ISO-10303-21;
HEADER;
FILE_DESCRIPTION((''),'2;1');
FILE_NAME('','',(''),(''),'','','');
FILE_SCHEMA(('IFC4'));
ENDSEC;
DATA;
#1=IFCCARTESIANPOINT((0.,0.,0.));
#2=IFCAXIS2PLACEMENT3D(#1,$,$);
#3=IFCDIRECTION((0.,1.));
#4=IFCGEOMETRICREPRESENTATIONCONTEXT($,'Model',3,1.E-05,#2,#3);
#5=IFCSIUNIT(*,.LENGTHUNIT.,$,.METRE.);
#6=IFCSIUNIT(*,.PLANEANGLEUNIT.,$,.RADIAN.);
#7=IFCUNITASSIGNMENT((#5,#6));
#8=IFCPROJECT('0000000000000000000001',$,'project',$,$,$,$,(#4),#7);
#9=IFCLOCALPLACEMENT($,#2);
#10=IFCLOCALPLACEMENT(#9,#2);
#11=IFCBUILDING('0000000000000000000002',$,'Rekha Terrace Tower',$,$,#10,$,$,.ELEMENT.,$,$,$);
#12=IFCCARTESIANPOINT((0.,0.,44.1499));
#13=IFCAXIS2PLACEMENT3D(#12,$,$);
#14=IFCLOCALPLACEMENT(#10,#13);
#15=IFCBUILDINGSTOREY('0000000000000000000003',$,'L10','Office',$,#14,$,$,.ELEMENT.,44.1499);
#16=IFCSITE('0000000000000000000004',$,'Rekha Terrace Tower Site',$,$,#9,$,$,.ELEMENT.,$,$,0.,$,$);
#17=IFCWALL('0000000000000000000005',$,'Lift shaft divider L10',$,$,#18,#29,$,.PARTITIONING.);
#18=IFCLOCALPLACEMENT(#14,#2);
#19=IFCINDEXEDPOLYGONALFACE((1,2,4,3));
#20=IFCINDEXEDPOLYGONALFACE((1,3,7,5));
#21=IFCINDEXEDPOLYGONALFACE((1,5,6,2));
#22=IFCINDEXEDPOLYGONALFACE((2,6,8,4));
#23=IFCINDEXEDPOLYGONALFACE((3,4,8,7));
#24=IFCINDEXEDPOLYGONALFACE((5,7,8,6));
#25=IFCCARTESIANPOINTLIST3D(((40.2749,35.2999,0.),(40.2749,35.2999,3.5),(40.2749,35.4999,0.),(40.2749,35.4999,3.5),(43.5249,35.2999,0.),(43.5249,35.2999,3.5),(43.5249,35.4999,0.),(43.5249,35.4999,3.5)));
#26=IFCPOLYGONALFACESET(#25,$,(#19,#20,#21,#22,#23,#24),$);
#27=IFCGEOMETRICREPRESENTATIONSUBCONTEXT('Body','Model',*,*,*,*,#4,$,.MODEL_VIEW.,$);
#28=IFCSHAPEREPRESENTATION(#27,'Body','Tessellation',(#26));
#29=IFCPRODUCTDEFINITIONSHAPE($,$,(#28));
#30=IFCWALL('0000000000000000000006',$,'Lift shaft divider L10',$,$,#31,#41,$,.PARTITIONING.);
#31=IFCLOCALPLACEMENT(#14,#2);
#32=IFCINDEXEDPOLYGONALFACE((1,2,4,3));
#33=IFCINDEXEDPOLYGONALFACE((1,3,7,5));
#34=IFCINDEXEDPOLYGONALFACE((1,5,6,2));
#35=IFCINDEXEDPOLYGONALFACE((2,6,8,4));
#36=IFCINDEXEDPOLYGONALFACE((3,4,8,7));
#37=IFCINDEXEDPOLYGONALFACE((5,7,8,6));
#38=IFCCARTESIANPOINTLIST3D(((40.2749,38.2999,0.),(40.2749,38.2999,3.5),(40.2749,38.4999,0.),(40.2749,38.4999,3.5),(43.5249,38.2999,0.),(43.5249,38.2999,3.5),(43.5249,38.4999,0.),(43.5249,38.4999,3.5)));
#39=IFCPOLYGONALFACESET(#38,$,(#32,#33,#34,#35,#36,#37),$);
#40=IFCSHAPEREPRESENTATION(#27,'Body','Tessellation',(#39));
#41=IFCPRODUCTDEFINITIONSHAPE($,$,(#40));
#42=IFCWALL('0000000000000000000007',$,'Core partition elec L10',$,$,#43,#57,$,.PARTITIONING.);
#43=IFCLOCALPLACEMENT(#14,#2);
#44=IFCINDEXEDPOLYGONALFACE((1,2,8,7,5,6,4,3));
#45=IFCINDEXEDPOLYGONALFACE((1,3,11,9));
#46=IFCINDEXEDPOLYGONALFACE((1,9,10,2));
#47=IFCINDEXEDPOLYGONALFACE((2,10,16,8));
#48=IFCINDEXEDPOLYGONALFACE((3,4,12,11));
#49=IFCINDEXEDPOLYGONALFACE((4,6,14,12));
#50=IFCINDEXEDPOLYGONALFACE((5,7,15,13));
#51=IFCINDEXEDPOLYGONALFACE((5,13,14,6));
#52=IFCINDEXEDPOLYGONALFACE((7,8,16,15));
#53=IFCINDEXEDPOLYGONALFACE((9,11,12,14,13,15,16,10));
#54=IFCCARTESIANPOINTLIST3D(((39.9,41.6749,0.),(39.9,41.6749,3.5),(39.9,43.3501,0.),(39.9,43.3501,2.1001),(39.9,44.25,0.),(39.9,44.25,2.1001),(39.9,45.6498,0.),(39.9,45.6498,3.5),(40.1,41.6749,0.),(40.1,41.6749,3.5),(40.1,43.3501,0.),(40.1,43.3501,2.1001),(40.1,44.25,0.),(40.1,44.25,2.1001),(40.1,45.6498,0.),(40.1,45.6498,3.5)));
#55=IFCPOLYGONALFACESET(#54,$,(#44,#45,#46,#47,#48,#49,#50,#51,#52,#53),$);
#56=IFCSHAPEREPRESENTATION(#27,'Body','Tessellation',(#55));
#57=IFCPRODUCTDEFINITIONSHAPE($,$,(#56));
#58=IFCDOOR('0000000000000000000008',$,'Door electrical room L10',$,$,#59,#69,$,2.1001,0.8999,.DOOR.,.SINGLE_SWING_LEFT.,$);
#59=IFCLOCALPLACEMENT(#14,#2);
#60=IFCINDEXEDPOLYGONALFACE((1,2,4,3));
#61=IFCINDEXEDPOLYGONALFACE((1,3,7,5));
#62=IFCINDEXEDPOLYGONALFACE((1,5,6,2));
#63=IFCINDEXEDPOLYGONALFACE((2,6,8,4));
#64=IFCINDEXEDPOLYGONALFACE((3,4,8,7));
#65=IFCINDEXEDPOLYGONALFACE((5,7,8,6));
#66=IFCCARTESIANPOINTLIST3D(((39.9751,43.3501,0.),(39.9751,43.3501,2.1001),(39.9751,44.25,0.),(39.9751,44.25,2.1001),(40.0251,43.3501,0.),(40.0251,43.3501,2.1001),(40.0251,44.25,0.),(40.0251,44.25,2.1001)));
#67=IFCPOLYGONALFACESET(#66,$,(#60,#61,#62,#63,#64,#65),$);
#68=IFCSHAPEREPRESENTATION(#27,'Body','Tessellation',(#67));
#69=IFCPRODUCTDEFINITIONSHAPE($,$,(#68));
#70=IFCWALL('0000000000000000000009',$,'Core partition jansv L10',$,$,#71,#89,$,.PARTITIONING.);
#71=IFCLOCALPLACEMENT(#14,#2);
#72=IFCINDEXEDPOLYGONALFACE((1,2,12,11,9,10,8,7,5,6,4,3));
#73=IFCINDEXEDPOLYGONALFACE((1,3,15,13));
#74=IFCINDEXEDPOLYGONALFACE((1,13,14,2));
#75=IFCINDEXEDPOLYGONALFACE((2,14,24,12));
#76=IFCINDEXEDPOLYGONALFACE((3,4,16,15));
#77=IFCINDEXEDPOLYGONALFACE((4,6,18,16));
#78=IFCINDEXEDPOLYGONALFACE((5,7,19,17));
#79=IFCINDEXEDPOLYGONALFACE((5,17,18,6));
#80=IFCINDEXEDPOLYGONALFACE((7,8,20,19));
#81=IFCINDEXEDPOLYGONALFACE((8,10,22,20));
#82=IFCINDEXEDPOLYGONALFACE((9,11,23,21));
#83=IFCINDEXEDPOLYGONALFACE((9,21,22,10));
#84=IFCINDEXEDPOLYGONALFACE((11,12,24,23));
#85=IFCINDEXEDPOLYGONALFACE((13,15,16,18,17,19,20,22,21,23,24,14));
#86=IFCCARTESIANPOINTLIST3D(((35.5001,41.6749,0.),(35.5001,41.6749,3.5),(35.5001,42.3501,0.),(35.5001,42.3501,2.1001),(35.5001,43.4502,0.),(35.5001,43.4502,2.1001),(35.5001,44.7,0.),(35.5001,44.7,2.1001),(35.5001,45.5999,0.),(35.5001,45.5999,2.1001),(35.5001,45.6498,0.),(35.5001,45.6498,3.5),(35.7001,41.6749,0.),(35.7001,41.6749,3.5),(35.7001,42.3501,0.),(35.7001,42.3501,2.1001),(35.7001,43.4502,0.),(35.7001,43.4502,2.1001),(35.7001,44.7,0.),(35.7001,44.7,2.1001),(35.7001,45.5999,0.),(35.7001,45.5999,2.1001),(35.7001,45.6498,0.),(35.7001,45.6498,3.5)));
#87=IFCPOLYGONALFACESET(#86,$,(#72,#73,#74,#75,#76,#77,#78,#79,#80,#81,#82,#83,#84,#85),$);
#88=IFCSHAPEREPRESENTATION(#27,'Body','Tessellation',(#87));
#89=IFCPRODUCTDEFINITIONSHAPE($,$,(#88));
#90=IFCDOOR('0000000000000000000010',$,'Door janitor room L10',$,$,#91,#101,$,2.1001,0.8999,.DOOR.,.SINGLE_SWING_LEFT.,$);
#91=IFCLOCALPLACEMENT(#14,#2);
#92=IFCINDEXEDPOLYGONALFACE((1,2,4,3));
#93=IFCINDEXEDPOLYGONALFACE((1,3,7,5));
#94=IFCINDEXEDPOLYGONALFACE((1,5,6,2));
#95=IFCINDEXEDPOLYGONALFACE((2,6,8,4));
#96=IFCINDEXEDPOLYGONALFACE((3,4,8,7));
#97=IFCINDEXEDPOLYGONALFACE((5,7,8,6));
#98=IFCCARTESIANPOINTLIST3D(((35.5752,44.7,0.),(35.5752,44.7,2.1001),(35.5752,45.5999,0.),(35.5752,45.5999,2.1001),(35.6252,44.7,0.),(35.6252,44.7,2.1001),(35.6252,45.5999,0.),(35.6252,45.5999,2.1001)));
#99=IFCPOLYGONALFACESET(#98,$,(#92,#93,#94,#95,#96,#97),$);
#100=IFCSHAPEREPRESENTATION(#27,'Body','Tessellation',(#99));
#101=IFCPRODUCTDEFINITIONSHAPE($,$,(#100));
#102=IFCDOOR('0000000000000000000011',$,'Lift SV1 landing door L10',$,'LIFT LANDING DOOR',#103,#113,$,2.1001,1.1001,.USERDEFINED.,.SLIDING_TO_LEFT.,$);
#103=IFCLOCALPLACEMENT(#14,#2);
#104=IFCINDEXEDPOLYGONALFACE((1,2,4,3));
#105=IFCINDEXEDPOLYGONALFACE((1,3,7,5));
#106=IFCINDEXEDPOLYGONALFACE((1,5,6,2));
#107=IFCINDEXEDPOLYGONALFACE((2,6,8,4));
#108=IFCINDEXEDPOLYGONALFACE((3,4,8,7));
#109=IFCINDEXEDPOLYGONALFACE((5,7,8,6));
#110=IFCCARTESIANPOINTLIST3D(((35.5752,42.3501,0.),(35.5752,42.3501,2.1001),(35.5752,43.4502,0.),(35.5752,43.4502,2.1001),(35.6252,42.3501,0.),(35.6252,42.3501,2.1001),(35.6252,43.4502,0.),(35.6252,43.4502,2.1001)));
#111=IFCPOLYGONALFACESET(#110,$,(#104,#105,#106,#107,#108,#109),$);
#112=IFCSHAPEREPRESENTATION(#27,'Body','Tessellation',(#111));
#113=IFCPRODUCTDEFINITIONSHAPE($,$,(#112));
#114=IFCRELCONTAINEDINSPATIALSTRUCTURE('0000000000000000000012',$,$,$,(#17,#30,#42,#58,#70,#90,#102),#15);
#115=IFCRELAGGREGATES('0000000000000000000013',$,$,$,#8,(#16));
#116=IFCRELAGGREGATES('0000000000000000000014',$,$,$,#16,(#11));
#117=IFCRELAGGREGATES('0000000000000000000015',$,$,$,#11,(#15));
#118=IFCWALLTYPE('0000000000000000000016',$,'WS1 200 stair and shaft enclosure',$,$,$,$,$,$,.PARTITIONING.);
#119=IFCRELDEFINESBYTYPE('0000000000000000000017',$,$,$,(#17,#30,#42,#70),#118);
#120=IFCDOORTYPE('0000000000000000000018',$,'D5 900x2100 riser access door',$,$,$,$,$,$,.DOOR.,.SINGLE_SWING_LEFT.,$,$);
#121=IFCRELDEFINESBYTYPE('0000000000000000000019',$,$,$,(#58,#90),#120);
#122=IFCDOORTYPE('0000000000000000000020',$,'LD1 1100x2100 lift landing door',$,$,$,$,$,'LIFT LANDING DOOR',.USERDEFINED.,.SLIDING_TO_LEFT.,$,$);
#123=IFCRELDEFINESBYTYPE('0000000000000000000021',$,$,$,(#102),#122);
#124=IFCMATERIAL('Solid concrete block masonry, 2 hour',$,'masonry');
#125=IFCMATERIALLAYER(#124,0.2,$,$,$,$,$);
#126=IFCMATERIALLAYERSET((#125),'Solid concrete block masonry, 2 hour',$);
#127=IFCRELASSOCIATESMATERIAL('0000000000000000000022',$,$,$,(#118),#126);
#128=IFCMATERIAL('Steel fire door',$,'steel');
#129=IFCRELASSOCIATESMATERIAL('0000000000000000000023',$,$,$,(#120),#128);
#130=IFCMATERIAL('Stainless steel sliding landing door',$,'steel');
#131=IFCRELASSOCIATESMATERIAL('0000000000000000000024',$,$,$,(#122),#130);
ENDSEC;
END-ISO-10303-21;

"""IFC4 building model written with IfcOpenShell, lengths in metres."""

from ifc_helpers import new_model, si_unit, direction, frame, frame_2d, origin, place, context, subcontext, project, spatial, rectangle, extrude, material, layer, layer_set, type_object, element, fill, save


model = new_model("IFC4")

# Units and contexts
model_context = context("Model", 3, precision=1e-05, world=origin(), true_north=direction((0.0, 1.0)))
body_context = subcontext(model_context, "Body", "Model", "MODEL_VIEW")
ifc_project = project(units=[si_unit("LENGTHUNIT", "METRE"), si_unit("PLANEANGLEUNIT", "RADIAN")], contexts=[model_context])

# Site, building, storey
site_placement = place(None, origin())
site = spatial("IfcSite", under=ifc_project, at=site_placement, Name="Rekha Terrace Tower Site", CompositionType="ELEMENT", RefElevation=0.0)
building_placement = place(site_placement, origin())
building = spatial("IfcBuilding", under=site, at=building_placement, Name="Rekha Terrace Tower", CompositionType="ELEMENT")
storey_placement = place(building_placement, frame((0.0, 0.0, 44.1499)))
storey = spatial("IfcBuildingStorey", under=building, at=storey_placement, Name="L10", Description="Office", CompositionType="ELEMENT", Elevation=44.1499)

# Shared definitions
ifc_material_1 = material(Name="Stainless steel sliding landing door", Category="steel")
ifc_material_2 = material(Name="Steel fire door", Category="steel")

# Walls
ifc_material_3 = material(Name="Solid concrete block masonry, 2 hour", Category="masonry")
ifc_layer_1 = layer(ifc_material_3, 0.2)
ifc_layer_set_1 = layer_set([ifc_layer_1], Name="Solid concrete block masonry, 2 hour")
wall_type_1 = type_object("IfcWallType", Name="WS1 200 stair and shaft enclosure", PredefinedType="PARTITIONING", material=ifc_layer_set_1)
for number, where, z_axis, x_axis, name in (
    (1, (40.2749, 35.3999, 0.0), (0.0, 0.0, 1.0), (1.0, 0.0, 0.0), "Lift shaft divider L10"),
    (2, (40.2749, 38.3999, 0.0), (0.0, 0.0, 1.0), (1.0, 0.0, 0.0), "Lift shaft divider L10"),
):
    element("IfcWall", number, at=place(storey_placement, frame(where, z_axis=z_axis, x_axis=x_axis)), inside=storey, type_object=wall_type_1, Name=name, PredefinedType="PARTITIONING", context=body_context, shape_type="SweptSolid", body=[
        extrude(rectangle(XDim=3.25, YDim=0.2, at=frame_2d((1.625, 0.0))), origin(), (0.0, 0.0, 1.0), 3.5),
    ])

# Wall, opening, door
wall_1_placement = place(storey_placement, frame((40.0, 41.675, 0.0), z_axis=(0.0, 0.0, 1.0), x_axis=(0.0, 1.0, 0.0)))
wall_1 = element("IfcWall", 3, at=wall_1_placement, inside=storey, type_object=wall_type_1, Name="Core partition elec L10", PredefinedType="PARTITIONING", context=body_context, shape_type="SweptSolid", body=[
    extrude(rectangle(XDim=3.9749, YDim=0.2, at=frame_2d((1.9873, 0.0))), origin(), (0.0, 0.0, 1.0), 3.5),
])
opening_1_placement = place(wall_1_placement, frame((1.675, 0.0, 0.0)))
opening_1 = element("IfcOpeningElement", 4, at=opening_1_placement, cuts=wall_1, PredefinedType="OPENING", context=body_context, shape_type="SweptSolid", body=[
    extrude(rectangle(XDim=0.8999, YDim=2.1001, at=frame_2d((0.45, 1.05))), frame((0.0, 0.1099, 0.0), z_axis=(0.0, -1.0, 0.0), x_axis=(1.0, 0.0, 0.0)), (0.0, 0.0, 1.0), 0.22),
])
door_type_1 = type_object("IfcDoorType", Name="D5 900x2100 riser access door", OperationType="SINGLE_SWING_LEFT", PredefinedType="DOOR", material=ifc_material_2)
door_1_placement = place(opening_1_placement, origin())
door_1 = element("IfcDoor", 5, at=door_1_placement, inside=storey, type_object=door_type_1, Name="Door electrical room L10", OperationType="SINGLE_SWING_LEFT", OverallHeight=2.1001, OverallWidth=0.8999, PredefinedType="DOOR", context=body_context, shape_type="SweptSolid", body=[
    extrude(rectangle(XDim=0.8999, YDim=2.1001, at=frame_2d((0.45, 1.05))), frame((0.0, 0.0249, 0.0), z_axis=(0.0, -1.0, 0.0), x_axis=(1.0, 0.0, 0.0)), (0.0, 0.0, 1.0), 0.05),
])
fill(opening_1, door_1)

# Wall, openings, doors
wall_2_placement = place(storey_placement, frame((35.6001, 41.675, 0.0), z_axis=(0.0, 0.0, 1.0), x_axis=(0.0, 1.0, 0.0)))
wall_2 = element("IfcWall", 6, at=wall_2_placement, inside=storey, type_object=wall_type_1, Name="Core partition jansv L10", PredefinedType="PARTITIONING", context=body_context, shape_type="SweptSolid", body=[
    extrude(rectangle(XDim=3.9749, YDim=0.2, at=frame_2d((1.9873, 0.0))), origin(), (0.0, 0.0, 1.0), 3.5),
])
opening_2_placement = place(wall_2_placement, frame((3.0249, 0.0, 0.0)))
opening_2 = element("IfcOpeningElement", 7, at=opening_2_placement, cuts=wall_2, PredefinedType="OPENING", context=body_context, shape_type="SweptSolid", body=[
    extrude(rectangle(XDim=0.8999, YDim=2.1001, at=frame_2d((0.45, 1.05))), frame((0.0, 0.1099, 0.0), z_axis=(0.0, -1.0, 0.0), x_axis=(1.0, 0.0, 0.0)), (0.0, 0.0, 1.0), 0.22),
])
opening_3_placement = place(wall_2_placement, frame((0.675, 0.0, 0.0)))
opening_3 = element("IfcOpeningElement", 8, at=opening_3_placement, cuts=wall_2, PredefinedType="OPENING", context=body_context, shape_type="SweptSolid", body=[
    extrude(rectangle(XDim=1.1001, YDim=2.1001, at=frame_2d((0.55, 1.05))), frame((0.0, 0.1099, 0.0), z_axis=(0.0, -1.0, 0.0), x_axis=(1.0, 0.0, 0.0)), (0.0, 0.0, 1.0), 0.22),
])
door_2_placement = place(opening_2_placement, origin())
door_2 = element("IfcDoor", 9, at=door_2_placement, inside=storey, type_object=door_type_1, Name="Door janitor room L10", OperationType="SINGLE_SWING_LEFT", OverallHeight=2.1001, OverallWidth=0.8999, PredefinedType="DOOR", context=body_context, shape_type="SweptSolid", body=[
    extrude(rectangle(XDim=0.8999, YDim=2.1001, at=frame_2d((0.45, 1.05))), frame((0.0, 0.0249, 0.0), z_axis=(0.0, -1.0, 0.0), x_axis=(1.0, 0.0, 0.0)), (0.0, 0.0, 1.0), 0.05),
])
fill(opening_2, door_2)
door_type_2 = type_object("IfcDoorType", Name="LD1 1100x2100 lift landing door", ElementType="LIFT LANDING DOOR", OperationType="SLIDING_TO_LEFT", PredefinedType="USERDEFINED", material=ifc_material_1)
door_3_placement = place(opening_3_placement, origin())
door_3 = element("IfcDoor", 10, at=door_3_placement, inside=storey, type_object=door_type_2, Name="Lift SV1 landing door L10", ObjectType="LIFT LANDING DOOR", OperationType="SLIDING_TO_LEFT", OverallHeight=2.1001, OverallWidth=1.1001, PredefinedType="USERDEFINED", context=body_context, shape_type="SweptSolid", body=[
    extrude(rectangle(XDim=1.1001, YDim=2.1001, at=frame_2d((0.55, 1.05))), frame((0.0, 0.0249, 0.0), z_axis=(0.0, -1.0, 0.0), x_axis=(1.0, 0.0, 0.0)), (0.0, 0.0, 1.0), 0.05),
])
fill(opening_3, door_3)

save(model, "model.ifc")
